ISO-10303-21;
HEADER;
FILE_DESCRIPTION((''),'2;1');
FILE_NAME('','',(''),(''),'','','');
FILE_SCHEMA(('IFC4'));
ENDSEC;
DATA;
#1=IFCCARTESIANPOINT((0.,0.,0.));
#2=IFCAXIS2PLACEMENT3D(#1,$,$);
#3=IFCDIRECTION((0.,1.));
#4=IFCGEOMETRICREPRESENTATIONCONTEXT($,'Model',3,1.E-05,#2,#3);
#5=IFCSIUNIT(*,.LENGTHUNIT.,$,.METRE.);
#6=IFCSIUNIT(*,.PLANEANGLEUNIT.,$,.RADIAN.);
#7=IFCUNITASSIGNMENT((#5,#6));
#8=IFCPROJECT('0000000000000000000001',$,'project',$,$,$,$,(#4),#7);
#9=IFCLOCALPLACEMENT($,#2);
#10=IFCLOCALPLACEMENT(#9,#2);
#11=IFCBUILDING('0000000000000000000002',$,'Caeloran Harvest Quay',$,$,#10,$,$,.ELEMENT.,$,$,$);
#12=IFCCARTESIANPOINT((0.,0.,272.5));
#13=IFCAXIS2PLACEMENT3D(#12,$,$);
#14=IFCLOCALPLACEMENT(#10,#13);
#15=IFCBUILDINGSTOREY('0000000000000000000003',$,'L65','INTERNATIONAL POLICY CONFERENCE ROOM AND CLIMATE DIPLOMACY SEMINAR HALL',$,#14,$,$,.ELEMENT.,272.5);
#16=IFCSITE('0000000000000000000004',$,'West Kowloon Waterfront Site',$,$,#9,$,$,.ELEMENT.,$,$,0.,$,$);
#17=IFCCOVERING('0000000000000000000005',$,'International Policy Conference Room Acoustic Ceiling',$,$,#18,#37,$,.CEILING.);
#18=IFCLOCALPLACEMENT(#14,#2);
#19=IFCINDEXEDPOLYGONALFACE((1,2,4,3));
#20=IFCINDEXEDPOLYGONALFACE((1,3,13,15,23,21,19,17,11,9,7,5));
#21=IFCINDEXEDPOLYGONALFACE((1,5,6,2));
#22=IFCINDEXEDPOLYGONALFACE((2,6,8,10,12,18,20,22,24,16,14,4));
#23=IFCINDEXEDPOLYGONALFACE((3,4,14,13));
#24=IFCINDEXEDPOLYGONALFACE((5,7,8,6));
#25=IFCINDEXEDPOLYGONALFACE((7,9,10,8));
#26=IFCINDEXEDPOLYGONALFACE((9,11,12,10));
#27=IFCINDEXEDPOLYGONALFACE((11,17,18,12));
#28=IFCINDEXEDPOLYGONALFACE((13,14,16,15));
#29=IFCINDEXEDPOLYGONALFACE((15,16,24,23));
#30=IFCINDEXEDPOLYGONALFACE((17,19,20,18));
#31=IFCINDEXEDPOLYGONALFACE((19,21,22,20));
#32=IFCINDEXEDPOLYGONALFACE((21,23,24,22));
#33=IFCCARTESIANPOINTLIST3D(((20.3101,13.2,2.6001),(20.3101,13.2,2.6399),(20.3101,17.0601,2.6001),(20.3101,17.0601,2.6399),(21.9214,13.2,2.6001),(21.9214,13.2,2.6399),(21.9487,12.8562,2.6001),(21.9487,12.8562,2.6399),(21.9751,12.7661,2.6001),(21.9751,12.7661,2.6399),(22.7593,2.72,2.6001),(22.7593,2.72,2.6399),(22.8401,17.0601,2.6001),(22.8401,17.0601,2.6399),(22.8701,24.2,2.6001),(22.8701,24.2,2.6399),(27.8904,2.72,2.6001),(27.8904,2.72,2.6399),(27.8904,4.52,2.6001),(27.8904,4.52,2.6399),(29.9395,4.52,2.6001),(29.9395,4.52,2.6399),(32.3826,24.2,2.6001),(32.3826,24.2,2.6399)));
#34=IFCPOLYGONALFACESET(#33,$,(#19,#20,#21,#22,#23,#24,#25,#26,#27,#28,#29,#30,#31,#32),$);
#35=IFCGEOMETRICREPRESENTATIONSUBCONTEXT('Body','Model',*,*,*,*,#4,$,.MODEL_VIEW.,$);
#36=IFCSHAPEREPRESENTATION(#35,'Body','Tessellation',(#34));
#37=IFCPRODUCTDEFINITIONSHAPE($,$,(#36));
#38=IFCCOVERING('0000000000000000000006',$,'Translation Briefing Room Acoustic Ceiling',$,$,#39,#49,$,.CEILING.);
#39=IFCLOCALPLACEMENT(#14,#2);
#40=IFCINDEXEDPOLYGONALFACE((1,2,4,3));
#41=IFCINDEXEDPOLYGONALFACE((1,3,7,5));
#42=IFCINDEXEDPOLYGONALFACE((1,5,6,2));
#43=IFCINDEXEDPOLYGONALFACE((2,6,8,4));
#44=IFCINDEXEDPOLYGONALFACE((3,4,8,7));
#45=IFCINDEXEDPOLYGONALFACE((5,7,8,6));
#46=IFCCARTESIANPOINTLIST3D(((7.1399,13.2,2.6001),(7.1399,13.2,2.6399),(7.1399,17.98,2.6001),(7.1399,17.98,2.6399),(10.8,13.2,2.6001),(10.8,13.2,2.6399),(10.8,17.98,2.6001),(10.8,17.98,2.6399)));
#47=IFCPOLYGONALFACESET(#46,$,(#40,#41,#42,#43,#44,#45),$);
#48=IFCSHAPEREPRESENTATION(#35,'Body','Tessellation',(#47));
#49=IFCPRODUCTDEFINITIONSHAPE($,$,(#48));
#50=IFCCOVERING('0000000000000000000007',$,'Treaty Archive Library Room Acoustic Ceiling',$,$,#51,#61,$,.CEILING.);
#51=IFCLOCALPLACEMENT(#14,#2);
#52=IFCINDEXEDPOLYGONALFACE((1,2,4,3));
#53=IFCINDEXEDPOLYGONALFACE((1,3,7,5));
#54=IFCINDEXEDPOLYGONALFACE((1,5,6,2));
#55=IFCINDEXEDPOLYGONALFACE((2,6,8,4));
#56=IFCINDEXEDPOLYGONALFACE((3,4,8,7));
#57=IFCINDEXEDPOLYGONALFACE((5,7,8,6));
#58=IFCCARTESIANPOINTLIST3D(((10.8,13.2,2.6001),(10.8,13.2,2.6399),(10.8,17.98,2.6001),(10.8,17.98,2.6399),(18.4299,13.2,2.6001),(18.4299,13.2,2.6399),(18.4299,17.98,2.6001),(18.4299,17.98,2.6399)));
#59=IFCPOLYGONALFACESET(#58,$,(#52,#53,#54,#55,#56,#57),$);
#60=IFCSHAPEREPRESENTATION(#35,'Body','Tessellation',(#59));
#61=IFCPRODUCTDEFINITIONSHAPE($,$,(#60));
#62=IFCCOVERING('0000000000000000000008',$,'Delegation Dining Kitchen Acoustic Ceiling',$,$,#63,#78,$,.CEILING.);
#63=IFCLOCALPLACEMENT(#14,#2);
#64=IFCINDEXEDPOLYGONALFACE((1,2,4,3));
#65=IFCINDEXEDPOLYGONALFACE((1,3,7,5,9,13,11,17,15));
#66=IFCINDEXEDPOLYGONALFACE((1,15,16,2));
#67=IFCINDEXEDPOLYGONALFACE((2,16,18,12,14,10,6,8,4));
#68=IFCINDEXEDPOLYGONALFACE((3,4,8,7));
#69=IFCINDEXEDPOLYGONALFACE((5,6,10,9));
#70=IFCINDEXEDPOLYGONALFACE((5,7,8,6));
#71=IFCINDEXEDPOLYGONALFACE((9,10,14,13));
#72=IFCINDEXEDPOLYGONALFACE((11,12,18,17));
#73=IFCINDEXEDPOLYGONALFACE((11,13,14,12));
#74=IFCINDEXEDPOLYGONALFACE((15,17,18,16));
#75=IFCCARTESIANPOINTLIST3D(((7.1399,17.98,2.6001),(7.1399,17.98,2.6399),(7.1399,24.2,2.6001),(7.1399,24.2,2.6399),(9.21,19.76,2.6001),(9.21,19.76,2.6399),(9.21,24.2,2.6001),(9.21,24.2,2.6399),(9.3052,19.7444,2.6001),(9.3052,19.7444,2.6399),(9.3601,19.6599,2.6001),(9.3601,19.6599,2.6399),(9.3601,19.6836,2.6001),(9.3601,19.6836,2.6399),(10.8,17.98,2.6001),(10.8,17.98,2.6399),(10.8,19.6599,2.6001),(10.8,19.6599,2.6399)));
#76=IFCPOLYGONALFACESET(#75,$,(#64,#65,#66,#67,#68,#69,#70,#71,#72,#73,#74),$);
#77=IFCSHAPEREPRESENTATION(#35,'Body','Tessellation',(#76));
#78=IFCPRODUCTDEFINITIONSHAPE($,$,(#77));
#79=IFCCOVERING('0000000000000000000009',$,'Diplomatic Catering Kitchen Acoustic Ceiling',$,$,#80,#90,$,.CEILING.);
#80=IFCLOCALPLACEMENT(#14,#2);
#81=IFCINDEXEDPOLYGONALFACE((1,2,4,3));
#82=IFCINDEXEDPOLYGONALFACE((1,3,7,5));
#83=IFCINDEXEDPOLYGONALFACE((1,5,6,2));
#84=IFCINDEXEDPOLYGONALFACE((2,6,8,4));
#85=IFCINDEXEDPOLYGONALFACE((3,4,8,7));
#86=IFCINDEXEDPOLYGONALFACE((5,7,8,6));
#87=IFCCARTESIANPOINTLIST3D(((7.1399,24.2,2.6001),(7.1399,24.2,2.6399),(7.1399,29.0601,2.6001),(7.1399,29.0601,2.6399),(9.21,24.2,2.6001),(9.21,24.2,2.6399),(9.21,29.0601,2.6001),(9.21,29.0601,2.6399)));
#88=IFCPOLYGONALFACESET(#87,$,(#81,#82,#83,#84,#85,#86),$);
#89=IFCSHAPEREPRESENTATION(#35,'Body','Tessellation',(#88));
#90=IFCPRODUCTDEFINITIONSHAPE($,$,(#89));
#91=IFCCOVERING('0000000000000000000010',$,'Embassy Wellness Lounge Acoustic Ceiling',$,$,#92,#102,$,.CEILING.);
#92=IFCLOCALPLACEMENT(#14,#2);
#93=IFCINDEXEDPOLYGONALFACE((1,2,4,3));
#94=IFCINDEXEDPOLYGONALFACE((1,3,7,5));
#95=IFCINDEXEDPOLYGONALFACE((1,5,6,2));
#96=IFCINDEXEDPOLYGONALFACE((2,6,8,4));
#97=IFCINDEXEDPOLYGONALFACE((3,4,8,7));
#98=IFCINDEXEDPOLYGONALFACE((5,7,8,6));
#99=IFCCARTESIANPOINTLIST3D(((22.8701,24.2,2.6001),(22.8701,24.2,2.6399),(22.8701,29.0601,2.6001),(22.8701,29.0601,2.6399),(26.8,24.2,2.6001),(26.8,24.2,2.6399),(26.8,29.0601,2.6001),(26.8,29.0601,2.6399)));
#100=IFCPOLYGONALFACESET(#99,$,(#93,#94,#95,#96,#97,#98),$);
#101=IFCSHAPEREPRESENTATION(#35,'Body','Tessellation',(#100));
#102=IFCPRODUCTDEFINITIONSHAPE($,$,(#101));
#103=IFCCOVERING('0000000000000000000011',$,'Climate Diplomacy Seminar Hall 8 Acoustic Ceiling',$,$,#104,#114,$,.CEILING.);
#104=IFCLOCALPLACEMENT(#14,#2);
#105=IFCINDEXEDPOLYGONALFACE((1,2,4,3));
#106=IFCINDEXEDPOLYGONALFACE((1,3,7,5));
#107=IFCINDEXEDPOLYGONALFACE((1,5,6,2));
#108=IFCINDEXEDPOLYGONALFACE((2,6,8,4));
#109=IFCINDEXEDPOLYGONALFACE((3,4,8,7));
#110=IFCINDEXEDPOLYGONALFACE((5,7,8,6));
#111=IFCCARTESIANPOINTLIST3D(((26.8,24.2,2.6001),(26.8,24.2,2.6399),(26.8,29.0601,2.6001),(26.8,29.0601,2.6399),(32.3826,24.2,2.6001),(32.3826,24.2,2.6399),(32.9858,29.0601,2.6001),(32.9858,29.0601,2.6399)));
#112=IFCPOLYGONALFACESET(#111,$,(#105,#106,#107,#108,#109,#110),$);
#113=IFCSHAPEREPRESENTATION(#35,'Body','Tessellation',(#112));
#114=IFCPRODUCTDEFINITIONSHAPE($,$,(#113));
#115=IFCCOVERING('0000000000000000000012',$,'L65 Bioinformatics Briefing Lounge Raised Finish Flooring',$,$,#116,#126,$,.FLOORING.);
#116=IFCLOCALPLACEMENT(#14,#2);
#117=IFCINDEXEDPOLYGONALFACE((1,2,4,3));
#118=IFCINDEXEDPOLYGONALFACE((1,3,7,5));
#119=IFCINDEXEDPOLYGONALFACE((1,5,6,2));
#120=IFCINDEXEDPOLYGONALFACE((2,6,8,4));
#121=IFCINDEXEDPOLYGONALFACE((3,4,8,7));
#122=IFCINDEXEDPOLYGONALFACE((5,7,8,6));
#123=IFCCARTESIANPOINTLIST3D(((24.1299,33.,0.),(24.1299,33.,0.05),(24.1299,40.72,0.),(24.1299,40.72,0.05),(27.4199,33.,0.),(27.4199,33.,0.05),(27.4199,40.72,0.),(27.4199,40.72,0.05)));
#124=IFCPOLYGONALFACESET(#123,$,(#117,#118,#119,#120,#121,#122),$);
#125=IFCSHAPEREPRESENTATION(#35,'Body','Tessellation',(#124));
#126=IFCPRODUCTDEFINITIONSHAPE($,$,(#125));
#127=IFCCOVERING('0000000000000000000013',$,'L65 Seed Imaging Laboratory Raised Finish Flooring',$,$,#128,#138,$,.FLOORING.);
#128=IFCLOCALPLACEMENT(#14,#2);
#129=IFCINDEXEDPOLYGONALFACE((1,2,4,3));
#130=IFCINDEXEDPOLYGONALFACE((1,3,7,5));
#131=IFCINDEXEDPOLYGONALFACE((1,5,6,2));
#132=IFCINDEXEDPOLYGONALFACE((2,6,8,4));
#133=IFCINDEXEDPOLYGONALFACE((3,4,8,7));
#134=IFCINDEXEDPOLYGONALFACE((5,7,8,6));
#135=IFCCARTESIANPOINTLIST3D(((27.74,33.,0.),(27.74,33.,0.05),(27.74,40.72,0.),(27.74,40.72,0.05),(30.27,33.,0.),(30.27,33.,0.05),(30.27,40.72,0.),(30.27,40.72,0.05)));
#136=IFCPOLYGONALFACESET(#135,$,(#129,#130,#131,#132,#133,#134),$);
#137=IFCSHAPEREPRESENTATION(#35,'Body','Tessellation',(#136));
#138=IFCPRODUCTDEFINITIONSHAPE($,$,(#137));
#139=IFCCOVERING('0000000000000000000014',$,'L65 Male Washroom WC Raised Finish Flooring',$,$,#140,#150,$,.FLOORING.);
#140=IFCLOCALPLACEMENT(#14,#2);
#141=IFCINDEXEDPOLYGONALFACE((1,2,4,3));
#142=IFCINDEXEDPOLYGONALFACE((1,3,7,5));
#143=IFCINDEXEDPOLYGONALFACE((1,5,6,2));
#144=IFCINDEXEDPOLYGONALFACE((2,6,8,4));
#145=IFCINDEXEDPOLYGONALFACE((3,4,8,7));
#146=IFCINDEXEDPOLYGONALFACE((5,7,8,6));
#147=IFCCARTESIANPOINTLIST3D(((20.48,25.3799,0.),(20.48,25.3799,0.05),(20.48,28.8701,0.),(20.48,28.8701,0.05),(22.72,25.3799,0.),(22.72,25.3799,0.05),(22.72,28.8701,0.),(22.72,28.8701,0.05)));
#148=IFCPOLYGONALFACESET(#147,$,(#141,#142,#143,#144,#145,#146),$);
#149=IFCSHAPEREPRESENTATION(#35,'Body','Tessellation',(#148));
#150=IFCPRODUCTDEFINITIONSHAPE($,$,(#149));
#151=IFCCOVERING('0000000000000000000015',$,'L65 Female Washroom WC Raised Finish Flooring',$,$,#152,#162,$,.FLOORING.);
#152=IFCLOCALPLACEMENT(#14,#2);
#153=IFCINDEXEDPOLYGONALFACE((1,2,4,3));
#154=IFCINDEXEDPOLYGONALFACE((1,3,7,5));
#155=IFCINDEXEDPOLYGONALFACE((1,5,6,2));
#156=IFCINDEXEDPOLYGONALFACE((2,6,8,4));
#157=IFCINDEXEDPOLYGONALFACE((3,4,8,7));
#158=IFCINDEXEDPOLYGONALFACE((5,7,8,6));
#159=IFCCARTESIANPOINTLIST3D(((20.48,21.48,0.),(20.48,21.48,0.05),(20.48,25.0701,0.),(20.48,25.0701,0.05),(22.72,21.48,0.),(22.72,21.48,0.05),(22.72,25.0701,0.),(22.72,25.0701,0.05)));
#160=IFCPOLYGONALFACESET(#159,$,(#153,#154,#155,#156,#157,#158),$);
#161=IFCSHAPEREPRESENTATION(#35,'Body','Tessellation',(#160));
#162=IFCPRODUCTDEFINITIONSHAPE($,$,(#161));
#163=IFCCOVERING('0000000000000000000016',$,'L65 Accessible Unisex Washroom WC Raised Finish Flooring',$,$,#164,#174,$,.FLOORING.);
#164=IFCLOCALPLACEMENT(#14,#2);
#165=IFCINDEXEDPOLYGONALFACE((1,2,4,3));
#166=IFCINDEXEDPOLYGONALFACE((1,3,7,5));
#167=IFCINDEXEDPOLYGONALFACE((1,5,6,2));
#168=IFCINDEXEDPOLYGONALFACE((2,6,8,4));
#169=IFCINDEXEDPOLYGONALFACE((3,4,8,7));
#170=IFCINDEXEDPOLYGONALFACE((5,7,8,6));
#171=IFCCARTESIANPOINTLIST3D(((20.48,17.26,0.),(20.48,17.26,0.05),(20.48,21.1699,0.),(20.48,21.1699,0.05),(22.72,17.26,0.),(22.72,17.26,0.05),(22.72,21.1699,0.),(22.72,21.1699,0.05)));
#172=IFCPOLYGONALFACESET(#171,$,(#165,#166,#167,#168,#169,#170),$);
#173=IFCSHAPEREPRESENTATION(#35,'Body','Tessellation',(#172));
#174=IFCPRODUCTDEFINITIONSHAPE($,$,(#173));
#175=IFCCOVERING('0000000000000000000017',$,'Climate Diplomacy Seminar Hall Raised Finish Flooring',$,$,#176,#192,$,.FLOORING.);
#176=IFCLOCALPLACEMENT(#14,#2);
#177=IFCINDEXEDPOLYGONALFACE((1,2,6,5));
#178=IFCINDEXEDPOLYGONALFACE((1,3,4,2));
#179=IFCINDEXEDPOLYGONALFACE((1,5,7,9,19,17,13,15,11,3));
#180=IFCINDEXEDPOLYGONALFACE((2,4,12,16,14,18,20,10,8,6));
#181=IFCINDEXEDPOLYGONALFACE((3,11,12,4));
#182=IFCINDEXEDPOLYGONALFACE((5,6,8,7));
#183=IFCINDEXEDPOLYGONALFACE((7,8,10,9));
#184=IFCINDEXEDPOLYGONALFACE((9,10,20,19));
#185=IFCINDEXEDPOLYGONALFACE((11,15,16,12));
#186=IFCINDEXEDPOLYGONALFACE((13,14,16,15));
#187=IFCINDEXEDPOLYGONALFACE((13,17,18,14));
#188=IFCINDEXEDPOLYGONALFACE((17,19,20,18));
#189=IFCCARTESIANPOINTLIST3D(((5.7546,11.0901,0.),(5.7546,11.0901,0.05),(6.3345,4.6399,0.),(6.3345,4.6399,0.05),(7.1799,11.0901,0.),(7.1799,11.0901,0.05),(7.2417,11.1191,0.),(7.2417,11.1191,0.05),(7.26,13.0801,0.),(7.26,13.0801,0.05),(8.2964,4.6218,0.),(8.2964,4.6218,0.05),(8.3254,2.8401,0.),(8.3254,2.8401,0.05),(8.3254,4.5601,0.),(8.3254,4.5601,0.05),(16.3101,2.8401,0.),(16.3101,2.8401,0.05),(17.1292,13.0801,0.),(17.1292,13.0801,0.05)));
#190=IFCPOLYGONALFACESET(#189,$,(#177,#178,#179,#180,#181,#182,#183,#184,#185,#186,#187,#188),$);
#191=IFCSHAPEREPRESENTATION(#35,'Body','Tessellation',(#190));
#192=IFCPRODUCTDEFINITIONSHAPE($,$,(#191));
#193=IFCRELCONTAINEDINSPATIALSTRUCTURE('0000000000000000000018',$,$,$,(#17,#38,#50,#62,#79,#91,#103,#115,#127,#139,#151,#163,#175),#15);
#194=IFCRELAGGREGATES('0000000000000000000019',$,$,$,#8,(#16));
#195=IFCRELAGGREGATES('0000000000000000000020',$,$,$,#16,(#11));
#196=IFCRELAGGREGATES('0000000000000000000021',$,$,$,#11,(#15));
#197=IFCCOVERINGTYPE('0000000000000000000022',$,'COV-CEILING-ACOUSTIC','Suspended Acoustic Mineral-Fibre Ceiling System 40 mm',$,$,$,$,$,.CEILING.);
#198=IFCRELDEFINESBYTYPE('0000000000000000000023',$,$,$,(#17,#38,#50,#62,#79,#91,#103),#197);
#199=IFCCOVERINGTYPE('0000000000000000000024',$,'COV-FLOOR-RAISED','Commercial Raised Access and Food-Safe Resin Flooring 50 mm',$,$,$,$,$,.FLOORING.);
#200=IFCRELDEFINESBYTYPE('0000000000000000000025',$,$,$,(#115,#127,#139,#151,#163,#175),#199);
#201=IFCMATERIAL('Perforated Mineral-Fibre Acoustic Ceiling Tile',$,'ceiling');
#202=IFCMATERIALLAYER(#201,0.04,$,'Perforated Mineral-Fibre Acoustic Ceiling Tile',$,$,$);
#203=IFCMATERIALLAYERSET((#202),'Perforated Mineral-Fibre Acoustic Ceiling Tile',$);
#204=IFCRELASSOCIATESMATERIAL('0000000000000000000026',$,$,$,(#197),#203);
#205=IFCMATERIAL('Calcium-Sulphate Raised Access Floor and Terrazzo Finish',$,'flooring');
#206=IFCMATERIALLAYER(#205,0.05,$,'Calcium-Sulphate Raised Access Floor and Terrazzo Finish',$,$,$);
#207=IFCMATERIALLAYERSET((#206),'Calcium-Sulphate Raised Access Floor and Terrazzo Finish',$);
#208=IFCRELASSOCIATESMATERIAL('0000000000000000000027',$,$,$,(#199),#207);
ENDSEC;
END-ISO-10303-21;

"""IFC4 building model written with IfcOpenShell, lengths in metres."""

from ifc_helpers import new_model, si_unit, direction, frame, origin, place, context, subcontext, project, spatial, polyline, outline, extrude, material, layer, layer_set, type_object, element, save


model = new_model("IFC4")

# Units and contexts
model_context = context("Model", 3, precision=1e-05, world=origin(), true_north=direction((0.0, 1.0)))
body_context = subcontext(model_context, "Body", "Model", "MODEL_VIEW")
ifc_project = project(units=[si_unit("LENGTHUNIT", "METRE"), si_unit("PLANEANGLEUNIT", "RADIAN")], contexts=[model_context])

# Site, building, storey
site_placement = place(None, origin())
site = spatial("IfcSite", under=ifc_project, at=site_placement, Name="West Kowloon Waterfront Site", CompositionType="ELEMENT", RefElevation=0.0)
building_placement = place(site_placement, origin())
building = spatial("IfcBuilding", under=site, at=building_placement, Name="Caeloran Harvest Quay", CompositionType="ELEMENT")
storey_placement = place(building_placement, frame((0.0, 0.0, 272.5)))
storey = spatial("IfcBuildingStorey", under=building, at=storey_placement, Name="L65", Description="INTERNATIONAL POLICY CONFERENCE ROOM AND CLIMATE DIPLOMACY SEMINAR HALL", CompositionType="ELEMENT", Elevation=272.5)

# Coverings
ifc_material_1 = material(Name="Perforated Mineral-Fibre Acoustic Ceiling Tile", Category="ceiling")
ifc_layer_1 = layer(ifc_material_1, 0.04, Name="Perforated Mineral-Fibre Acoustic Ceiling Tile")
ifc_layer_set_1 = layer_set([ifc_layer_1], Name="Perforated Mineral-Fibre Acoustic Ceiling Tile")
covering_type_1 = type_object("IfcCoveringType", Name="COV-CEILING-ACOUSTIC", Description="Suspended Acoustic Mineral-Fibre Ceiling System 40 mm", PredefinedType="CEILING", material=ifc_layer_set_1)
covering_1_placement = place(storey_placement, frame((0.0, 0.0, 2.6001)))
element("IfcCovering", 1, at=covering_1_placement, inside=storey, type_object=covering_type_1, Name="International Policy Conference Room Acoustic Ceiling", PredefinedType="CEILING", context=body_context, shape_type="SweptSolid", body=[
    extrude(outline(polyline([(29.9395, 4.52), (27.8904, 4.52), (27.8904, 2.72), (22.7593, 2.72), (21.9751, 12.7661), (21.9487, 12.8562), (21.9214, 13.2), (20.3101, 13.2), (20.3101, 17.0601), (22.8401, 17.0601), (22.8701, 24.2), (32.3826, 24.2), (29.9395, 4.52)])), origin(), (0.0, 0.0, 1.0), 0.0398),
])
covering_2_placement = place(storey_placement, frame((0.0, 0.0, 2.6001)))
element("IfcCovering", 2, at=covering_2_placement, inside=storey, type_object=covering_type_1, Name="Translation Briefing Room Acoustic Ceiling", PredefinedType="CEILING", context=body_context, shape_type="SweptSolid", body=[
    extrude(outline(polyline([(7.1399, 17.98), (10.8, 17.98), (10.8, 13.2), (7.1399, 13.2), (7.1399, 17.98)])), origin(), (0.0, 0.0, 1.0), 0.0398),
])
covering_3_placement = place(storey_placement, frame((0.0, 0.0, 2.6001)))
element("IfcCovering", 3, at=covering_3_placement, inside=storey, type_object=covering_type_1, Name="Treaty Archive Library Room Acoustic Ceiling", PredefinedType="CEILING", context=body_context, shape_type="SweptSolid", body=[
    extrude(outline(polyline([(18.4299, 13.2), (10.8, 13.2), (10.8, 17.98), (18.4299, 17.98), (18.4299, 13.2)])), origin(), (0.0, 0.0, 1.0), 0.0398),
])
covering_4_placement = place(storey_placement, frame((0.0, 0.0, 2.6001)))
element("IfcCovering", 4, at=covering_4_placement, inside=storey, type_object=covering_type_1, Name="Delegation Dining Kitchen Acoustic Ceiling", PredefinedType="CEILING", context=body_context, shape_type="SweptSolid", body=[
    extrude(outline(polyline([(9.21, 19.76), (9.3052, 19.7444), (9.3601, 19.6836), (9.3601, 19.6599), (10.8, 19.6599), (10.8, 17.98), (7.1399, 17.98), (7.1399, 24.2), (9.21, 24.2), (9.21, 19.76)])), origin(), (0.0, 0.0, 1.0), 0.0398),
])
covering_5_placement = place(storey_placement, frame((0.0, 0.0, 2.6001)))
element("IfcCovering", 5, at=covering_5_placement, inside=storey, type_object=covering_type_1, Name="Diplomatic Catering Kitchen Acoustic Ceiling", PredefinedType="CEILING", context=body_context, shape_type="SweptSolid", body=[
    extrude(outline(polyline([(7.1399, 24.2), (7.1399, 29.0601), (9.21, 29.0601), (9.21, 24.2), (7.1399, 24.2)])), origin(), (0.0, 0.0, 1.0), 0.0398),
])
covering_6_placement = place(storey_placement, frame((0.0, 0.0, 2.6001)))
element("IfcCovering", 6, at=covering_6_placement, inside=storey, type_object=covering_type_1, Name="Embassy Wellness Lounge Acoustic Ceiling", PredefinedType="CEILING", context=body_context, shape_type="SweptSolid", body=[
    extrude(outline(polyline([(22.8701, 24.2), (22.8701, 29.0601), (26.8, 29.0601), (26.8, 24.2), (22.8701, 24.2)])), origin(), (0.0, 0.0, 1.0), 0.0398),
])
covering_7_placement = place(storey_placement, frame((0.0, 0.0, 2.6001)))
element("IfcCovering", 7, at=covering_7_placement, inside=storey, type_object=covering_type_1, Name="Climate Diplomacy Seminar Hall 8 Acoustic Ceiling", PredefinedType="CEILING", context=body_context, shape_type="SweptSolid", body=[
    extrude(outline(polyline([(26.8, 29.0601), (32.9858, 29.0601), (32.3826, 24.2), (26.8, 24.2), (26.8, 29.0601)])), origin(), (0.0, 0.0, 1.0), 0.0398),
])
ifc_material_2 = material(Name="Calcium-Sulphate Raised Access Floor and Terrazzo Finish", Category="flooring")
ifc_layer_2 = layer(ifc_material_2, 0.05, Name="Calcium-Sulphate Raised Access Floor and Terrazzo Finish")
ifc_layer_set_2 = layer_set([ifc_layer_2], Name="Calcium-Sulphate Raised Access Floor and Terrazzo Finish")
covering_type_2 = type_object("IfcCoveringType", Name="COV-FLOOR-RAISED", Description="Commercial Raised Access and Food-Safe Resin Flooring 50 mm", PredefinedType="FLOORING", material=ifc_layer_set_2)
covering_8_placement = place(storey_placement, origin())
element("IfcCovering", 8, at=covering_8_placement, inside=storey, type_object=covering_type_2, Name="L65 Bioinformatics Briefing Lounge Raised Finish Flooring", PredefinedType="FLOORING", context=body_context, shape_type="SweptSolid", body=[
    extrude(outline(polyline([(27.4199, 40.72), (27.4199, 33.0), (24.1299, 33.0), (24.1299, 40.72), (27.4199, 40.72)])), origin(), (0.0, 0.0, 1.0), 0.05),
])
covering_9_placement = place(storey_placement, origin())
element("IfcCovering", 9, at=covering_9_placement, inside=storey, type_object=covering_type_2, Name="L65 Seed Imaging Laboratory Raised Finish Flooring", PredefinedType="FLOORING", context=body_context, shape_type="SweptSolid", body=[
    extrude(outline(polyline([(30.27, 40.72), (30.27, 33.0), (27.74, 33.0), (27.74, 40.72), (30.27, 40.72)])), origin(), (0.0, 0.0, 1.0), 0.05),
])
covering_10_placement = place(storey_placement, origin())
element("IfcCovering", 10, at=covering_10_placement, inside=storey, type_object=covering_type_2, Name="L65 Male Washroom WC Raised Finish Flooring", PredefinedType="FLOORING", context=body_context, shape_type="SweptSolid", body=[
    extrude(outline(polyline([(22.72, 28.8701), (22.72, 25.3799), (20.48, 25.3799), (20.48, 28.8701), (22.72, 28.8701)])), origin(), (0.0, 0.0, 1.0), 0.05),
])
covering_11_placement = place(storey_placement, origin())
element("IfcCovering", 11, at=covering_11_placement, inside=storey, type_object=covering_type_2, Name="L65 Female Washroom WC Raised Finish Flooring", PredefinedType="FLOORING", context=body_context, shape_type="SweptSolid", body=[
    extrude(outline(polyline([(22.72, 25.0701), (22.72, 21.48), (20.48, 21.48), (20.48, 25.0701), (22.72, 25.0701)])), origin(), (0.0, 0.0, 1.0), 0.05),
])
covering_12_placement = place(storey_placement, origin())
element("IfcCovering", 12, at=covering_12_placement, inside=storey, type_object=covering_type_2, Name="L65 Accessible Unisex Washroom WC Raised Finish Flooring", PredefinedType="FLOORING", context=body_context, shape_type="SweptSolid", body=[
    extrude(outline(polyline([(22.72, 21.1699), (22.72, 17.26), (20.48, 17.26), (20.48, 21.1699), (22.72, 21.1699)])), origin(), (0.0, 0.0, 1.0), 0.05),
])
covering_13_placement = place(storey_placement, origin())
element("IfcCovering", 13, at=covering_13_placement, inside=storey, type_object=covering_type_2, Name="Climate Diplomacy Seminar Hall Raised Finish Flooring", PredefinedType="FLOORING", context=body_context, shape_type="SweptSolid", body=[
    extrude(outline(polyline([(17.1292, 13.0801), (16.3101, 2.8401), (8.3254, 2.8401), (8.3254, 4.5601), (8.2964, 4.6218), (6.3345, 4.6399), (5.7546, 11.0901), (7.1799, 11.0901), (7.2417, 11.1191), (7.26, 13.0801), (17.1292, 13.0801)])), origin(), (0.0, 0.0, 1.0), 0.05),
])

save(model, "model.ifc")
